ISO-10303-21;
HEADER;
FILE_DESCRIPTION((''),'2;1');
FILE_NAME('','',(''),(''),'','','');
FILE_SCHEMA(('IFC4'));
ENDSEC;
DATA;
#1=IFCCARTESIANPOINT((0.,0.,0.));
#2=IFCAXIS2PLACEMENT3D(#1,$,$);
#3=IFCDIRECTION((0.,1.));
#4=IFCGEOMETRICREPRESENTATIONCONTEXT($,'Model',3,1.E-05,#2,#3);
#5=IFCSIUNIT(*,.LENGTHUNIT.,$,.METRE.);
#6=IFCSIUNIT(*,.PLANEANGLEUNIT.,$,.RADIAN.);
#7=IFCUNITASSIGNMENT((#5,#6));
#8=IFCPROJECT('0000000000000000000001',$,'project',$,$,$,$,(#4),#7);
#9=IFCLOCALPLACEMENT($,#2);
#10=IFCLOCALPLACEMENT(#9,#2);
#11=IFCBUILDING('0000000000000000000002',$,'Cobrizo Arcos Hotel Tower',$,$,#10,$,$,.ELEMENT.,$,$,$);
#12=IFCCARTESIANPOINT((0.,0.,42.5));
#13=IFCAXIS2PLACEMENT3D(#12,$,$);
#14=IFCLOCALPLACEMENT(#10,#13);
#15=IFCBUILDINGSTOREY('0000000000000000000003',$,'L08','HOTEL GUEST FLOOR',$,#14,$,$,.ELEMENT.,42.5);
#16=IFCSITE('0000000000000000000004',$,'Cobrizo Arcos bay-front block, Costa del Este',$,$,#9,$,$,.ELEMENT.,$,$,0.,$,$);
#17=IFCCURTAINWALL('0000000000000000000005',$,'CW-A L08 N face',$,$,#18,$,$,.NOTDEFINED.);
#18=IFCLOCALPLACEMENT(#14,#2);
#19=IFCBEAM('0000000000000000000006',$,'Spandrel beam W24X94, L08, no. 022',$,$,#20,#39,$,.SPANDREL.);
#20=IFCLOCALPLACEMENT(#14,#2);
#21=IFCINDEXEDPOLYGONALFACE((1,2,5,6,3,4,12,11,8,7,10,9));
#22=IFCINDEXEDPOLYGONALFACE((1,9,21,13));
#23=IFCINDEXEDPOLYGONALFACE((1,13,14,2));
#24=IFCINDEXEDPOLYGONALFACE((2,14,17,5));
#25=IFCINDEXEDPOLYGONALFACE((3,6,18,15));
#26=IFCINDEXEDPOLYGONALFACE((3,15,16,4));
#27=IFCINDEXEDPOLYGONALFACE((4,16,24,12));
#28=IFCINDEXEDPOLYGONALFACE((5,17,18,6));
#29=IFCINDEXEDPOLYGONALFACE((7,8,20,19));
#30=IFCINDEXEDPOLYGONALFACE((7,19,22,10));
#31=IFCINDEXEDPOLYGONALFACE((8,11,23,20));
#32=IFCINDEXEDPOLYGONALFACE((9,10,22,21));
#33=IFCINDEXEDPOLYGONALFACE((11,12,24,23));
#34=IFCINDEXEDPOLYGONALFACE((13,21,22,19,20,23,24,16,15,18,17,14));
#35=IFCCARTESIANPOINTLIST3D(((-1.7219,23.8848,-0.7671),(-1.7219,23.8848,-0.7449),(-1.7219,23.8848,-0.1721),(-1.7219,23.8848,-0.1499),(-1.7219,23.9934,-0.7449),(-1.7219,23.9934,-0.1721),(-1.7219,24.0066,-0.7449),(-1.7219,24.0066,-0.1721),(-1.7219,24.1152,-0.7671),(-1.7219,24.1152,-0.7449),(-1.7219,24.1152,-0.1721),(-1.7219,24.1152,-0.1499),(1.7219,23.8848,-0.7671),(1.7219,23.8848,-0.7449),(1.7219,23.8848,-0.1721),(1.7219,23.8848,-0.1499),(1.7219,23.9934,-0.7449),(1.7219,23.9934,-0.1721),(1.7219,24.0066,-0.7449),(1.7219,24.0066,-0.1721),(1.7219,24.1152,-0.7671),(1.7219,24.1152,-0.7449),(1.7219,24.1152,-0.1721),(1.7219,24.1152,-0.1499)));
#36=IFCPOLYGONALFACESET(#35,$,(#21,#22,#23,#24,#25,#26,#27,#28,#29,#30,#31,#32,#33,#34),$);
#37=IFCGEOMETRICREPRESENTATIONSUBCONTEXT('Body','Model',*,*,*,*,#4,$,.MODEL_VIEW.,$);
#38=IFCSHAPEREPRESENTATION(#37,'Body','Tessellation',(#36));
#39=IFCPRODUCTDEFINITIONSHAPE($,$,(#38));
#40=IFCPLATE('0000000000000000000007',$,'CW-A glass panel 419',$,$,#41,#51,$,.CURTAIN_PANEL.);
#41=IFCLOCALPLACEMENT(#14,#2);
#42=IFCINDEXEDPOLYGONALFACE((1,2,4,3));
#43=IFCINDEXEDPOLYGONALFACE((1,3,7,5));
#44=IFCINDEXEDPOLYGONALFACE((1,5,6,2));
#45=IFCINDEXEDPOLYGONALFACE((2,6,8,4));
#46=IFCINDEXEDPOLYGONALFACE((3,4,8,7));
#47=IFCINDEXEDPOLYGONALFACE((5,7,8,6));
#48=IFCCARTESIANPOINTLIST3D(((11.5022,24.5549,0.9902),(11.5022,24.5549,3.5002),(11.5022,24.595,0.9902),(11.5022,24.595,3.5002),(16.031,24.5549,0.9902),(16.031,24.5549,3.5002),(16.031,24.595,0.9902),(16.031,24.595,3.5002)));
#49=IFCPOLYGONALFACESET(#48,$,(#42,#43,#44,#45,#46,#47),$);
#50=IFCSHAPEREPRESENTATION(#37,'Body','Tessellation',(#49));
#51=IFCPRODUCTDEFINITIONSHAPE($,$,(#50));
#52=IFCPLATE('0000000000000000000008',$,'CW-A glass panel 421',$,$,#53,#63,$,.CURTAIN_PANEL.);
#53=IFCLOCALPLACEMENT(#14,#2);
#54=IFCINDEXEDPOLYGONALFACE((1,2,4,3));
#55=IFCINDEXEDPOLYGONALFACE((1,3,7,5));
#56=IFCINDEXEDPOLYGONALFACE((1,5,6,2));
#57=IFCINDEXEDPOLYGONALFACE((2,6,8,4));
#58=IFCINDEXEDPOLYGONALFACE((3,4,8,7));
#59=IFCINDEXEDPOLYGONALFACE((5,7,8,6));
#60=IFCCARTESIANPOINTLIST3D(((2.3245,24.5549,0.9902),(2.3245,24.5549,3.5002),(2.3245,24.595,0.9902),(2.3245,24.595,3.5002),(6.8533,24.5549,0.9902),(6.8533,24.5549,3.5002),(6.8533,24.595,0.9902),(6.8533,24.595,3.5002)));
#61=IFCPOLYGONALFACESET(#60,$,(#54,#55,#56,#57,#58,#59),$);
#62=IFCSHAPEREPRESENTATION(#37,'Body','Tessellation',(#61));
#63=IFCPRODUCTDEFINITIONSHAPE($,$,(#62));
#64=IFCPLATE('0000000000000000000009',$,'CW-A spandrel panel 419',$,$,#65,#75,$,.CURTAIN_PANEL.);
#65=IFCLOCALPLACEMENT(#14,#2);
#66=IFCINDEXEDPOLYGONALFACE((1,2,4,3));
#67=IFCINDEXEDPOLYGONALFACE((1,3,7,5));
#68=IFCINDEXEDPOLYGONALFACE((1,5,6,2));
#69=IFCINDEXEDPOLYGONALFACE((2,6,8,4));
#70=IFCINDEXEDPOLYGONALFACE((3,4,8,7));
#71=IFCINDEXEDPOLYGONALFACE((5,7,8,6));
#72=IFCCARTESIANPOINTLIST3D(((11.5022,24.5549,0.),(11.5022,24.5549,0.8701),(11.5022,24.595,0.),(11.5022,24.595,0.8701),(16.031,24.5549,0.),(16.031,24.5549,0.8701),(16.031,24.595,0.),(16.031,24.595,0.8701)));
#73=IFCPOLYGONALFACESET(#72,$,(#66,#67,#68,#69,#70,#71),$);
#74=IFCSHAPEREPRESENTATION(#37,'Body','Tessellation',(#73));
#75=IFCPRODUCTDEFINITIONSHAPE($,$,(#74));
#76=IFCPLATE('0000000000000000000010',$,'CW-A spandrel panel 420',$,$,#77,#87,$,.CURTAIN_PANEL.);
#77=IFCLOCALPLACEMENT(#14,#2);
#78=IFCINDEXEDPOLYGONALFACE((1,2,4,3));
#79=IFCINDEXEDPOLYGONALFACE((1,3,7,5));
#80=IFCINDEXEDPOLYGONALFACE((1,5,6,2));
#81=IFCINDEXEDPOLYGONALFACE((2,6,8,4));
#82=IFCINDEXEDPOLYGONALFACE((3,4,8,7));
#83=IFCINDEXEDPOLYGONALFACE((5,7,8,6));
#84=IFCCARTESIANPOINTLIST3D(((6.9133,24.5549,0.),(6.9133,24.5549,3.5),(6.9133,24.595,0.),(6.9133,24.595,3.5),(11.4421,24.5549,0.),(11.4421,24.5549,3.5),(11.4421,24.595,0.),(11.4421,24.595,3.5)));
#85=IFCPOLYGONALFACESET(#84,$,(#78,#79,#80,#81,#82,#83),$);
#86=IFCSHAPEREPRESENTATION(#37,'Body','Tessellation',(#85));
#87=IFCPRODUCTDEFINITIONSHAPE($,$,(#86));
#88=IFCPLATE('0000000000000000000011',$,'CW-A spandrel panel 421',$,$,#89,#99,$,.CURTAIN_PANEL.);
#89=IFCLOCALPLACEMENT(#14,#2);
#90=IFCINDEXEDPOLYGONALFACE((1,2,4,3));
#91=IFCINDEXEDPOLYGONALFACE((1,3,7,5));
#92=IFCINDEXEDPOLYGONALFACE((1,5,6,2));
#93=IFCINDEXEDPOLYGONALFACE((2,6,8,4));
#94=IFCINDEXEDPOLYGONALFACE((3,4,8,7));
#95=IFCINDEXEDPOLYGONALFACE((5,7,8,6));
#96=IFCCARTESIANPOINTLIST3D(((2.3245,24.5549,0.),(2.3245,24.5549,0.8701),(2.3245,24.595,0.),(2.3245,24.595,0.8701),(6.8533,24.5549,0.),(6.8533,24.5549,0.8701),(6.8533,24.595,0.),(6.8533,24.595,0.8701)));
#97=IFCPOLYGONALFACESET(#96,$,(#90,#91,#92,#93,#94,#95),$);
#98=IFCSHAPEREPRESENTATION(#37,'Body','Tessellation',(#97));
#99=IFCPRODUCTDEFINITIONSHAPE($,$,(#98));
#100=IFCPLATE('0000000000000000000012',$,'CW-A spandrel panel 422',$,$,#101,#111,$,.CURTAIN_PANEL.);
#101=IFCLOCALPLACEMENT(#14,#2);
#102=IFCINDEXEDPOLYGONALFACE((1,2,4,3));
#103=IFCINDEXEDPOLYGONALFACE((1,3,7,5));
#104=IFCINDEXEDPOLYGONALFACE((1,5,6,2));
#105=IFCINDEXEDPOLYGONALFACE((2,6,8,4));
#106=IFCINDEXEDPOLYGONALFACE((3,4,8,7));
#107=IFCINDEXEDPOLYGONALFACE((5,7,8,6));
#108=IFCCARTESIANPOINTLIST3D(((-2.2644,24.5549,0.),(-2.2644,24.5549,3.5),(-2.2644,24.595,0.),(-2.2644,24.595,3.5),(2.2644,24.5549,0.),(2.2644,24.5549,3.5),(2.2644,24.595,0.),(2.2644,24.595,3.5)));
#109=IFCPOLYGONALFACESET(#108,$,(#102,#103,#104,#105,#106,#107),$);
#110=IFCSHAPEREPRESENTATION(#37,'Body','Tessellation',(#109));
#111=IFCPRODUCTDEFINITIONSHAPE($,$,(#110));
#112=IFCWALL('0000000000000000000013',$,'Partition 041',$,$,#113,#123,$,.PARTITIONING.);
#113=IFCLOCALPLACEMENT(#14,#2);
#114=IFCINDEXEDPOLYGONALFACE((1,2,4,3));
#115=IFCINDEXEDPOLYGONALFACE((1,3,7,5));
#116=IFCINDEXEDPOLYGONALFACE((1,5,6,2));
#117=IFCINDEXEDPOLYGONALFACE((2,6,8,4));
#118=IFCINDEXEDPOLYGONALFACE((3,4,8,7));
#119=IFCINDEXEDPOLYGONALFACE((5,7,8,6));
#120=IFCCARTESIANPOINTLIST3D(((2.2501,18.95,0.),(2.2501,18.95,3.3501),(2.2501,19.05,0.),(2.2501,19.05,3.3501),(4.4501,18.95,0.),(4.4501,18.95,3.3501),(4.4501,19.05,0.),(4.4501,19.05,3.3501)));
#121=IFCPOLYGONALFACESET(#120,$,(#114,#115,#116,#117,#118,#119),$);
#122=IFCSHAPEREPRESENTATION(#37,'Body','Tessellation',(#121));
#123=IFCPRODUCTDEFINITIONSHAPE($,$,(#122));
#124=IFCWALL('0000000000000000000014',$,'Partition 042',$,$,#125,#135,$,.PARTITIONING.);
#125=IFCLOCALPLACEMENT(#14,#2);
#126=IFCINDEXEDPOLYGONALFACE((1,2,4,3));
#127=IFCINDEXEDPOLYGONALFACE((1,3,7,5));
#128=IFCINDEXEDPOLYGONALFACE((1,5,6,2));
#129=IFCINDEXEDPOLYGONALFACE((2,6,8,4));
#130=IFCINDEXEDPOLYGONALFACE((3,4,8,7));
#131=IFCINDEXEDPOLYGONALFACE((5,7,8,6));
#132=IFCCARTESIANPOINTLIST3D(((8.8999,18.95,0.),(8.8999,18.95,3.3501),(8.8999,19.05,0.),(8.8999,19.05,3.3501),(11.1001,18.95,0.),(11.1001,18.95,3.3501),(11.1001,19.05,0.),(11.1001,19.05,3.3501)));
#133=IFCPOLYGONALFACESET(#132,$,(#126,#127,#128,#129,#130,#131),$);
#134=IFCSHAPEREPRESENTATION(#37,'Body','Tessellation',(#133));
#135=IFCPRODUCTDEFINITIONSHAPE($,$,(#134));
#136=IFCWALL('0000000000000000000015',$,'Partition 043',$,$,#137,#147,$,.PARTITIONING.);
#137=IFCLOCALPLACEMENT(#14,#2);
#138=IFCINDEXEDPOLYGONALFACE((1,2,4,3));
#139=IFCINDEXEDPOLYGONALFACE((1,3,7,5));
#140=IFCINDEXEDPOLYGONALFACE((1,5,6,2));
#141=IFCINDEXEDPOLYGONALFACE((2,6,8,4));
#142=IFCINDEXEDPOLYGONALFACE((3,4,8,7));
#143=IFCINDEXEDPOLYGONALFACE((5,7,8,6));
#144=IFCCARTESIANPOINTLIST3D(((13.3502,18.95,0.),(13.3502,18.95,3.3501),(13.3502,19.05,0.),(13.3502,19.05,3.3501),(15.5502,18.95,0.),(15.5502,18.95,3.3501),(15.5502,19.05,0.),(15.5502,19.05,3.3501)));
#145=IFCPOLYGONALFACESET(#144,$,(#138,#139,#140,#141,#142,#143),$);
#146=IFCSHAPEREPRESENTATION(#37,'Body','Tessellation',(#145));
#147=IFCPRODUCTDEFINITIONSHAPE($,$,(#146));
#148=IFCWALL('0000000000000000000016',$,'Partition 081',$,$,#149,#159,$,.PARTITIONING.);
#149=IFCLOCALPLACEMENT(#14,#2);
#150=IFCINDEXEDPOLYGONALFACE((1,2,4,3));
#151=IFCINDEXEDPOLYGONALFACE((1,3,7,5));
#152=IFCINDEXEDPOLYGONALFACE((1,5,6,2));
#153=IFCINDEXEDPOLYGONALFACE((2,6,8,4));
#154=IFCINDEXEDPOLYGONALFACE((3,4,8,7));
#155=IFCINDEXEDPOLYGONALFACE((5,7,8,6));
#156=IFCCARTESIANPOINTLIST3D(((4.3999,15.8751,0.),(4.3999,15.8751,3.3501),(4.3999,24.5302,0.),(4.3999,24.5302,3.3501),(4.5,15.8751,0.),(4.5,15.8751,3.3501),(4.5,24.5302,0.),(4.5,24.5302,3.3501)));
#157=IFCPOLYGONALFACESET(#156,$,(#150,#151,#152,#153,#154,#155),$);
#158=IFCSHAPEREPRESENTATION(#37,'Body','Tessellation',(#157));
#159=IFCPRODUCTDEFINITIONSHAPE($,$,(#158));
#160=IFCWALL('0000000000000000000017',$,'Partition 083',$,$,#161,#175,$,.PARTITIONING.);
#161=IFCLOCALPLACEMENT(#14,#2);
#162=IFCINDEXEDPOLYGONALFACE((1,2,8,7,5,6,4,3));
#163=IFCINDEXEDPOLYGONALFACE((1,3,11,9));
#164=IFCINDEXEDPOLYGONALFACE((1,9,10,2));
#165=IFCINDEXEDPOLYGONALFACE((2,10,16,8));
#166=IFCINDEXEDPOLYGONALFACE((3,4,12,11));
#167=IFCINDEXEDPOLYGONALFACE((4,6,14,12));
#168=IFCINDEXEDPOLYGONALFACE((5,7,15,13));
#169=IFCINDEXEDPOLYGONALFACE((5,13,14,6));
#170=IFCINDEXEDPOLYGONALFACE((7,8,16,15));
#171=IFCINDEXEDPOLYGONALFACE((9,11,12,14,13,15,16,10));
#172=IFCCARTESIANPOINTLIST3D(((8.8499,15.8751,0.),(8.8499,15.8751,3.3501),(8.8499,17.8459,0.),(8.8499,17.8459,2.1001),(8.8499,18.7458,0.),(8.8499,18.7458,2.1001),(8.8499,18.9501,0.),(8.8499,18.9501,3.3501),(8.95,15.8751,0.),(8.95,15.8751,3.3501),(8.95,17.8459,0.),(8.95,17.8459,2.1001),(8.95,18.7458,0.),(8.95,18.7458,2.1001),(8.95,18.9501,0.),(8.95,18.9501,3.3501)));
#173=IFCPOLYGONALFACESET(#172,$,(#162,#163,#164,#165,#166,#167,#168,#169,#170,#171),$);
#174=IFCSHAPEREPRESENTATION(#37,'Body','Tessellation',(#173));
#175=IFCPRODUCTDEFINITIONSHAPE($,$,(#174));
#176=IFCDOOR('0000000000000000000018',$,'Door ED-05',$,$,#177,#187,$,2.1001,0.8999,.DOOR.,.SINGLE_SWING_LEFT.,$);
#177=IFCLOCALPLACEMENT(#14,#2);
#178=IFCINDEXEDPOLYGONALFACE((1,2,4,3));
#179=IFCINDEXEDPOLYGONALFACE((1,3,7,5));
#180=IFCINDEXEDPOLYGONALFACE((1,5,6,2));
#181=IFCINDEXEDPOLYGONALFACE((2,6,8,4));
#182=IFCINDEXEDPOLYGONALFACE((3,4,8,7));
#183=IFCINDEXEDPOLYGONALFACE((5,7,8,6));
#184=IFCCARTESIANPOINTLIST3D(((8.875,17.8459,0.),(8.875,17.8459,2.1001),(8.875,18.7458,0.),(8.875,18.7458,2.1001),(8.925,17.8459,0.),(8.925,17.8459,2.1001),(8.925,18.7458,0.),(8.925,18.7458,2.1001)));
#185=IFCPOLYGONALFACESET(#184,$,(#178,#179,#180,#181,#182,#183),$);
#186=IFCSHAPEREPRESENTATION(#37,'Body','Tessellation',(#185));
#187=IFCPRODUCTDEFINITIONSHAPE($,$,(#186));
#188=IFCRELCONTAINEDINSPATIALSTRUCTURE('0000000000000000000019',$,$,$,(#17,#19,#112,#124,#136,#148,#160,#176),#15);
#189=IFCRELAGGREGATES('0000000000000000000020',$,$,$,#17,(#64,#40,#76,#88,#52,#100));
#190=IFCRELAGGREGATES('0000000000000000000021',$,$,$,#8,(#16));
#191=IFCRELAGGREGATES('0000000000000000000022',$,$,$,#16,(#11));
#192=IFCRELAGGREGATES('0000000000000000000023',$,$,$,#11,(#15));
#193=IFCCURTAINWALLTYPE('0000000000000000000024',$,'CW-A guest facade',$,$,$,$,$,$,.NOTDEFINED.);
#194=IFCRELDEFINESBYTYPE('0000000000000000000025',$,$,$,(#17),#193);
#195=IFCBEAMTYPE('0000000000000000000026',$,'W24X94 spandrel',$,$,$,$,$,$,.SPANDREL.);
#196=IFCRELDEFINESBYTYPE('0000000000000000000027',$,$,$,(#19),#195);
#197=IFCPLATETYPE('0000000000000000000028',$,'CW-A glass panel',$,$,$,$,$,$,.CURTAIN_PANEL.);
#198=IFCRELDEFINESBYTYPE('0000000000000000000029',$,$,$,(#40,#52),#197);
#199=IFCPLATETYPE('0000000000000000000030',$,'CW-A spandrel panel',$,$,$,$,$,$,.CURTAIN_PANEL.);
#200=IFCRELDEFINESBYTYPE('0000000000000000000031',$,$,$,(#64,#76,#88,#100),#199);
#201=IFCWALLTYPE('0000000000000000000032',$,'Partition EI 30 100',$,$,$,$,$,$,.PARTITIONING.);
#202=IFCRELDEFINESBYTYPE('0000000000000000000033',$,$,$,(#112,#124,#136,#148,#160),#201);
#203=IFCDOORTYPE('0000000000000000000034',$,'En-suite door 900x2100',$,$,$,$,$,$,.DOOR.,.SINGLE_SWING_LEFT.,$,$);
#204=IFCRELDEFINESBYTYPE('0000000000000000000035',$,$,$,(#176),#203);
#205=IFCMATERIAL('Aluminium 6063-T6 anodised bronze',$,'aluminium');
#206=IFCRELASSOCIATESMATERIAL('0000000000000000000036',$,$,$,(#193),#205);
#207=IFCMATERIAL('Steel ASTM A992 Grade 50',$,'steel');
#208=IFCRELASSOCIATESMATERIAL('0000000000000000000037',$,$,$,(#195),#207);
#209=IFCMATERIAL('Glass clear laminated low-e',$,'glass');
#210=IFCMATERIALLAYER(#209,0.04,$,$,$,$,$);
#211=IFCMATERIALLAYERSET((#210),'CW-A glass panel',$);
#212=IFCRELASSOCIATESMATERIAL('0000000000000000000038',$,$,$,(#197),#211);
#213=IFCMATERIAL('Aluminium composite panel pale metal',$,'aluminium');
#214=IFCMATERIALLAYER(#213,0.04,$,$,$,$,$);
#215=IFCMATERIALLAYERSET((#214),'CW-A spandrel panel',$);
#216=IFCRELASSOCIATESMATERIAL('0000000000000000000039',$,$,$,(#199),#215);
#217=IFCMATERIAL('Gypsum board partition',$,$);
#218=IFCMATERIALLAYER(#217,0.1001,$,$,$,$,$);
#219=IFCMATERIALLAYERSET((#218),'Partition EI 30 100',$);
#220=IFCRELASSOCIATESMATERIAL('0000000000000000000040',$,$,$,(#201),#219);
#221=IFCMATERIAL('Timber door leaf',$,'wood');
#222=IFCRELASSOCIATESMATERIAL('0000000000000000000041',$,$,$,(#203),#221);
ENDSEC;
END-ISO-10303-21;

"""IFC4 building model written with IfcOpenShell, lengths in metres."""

from ifc_helpers import new_model, si_unit, direction, frame, frame_2d, origin, origin_2d, place, context, subcontext, project, spatial, rectangle, i_section, extrude, material, layer, layer_set, material_profile, profile_set, type_object, element, fill, aggregate, save


model = new_model("IFC4")

# Units and contexts
model_context = context("Model", 3, precision=1e-05, world=origin(), true_north=direction((0.0, 1.0)))
body_context = subcontext(model_context, "Body", "Model", "MODEL_VIEW")
ifc_project = project(units=[si_unit("LENGTHUNIT", "METRE"), si_unit("PLANEANGLEUNIT", "RADIAN")], contexts=[model_context])

# Site, building, storey
site_placement = place(None, origin())
site = spatial("IfcSite", under=ifc_project, at=site_placement, Name="Cobrizo Arcos bay-front block, Costa del Este", CompositionType="ELEMENT", RefElevation=0.0)
building_placement = place(site_placement, origin())
building = spatial("IfcBuilding", under=site, at=building_placement, Name="Cobrizo Arcos Hotel Tower", CompositionType="ELEMENT")
storey_placement = place(building_placement, frame((0.0, 0.0, 42.5)))
storey = spatial("IfcBuildingStorey", under=building, at=storey_placement, Name="L08", Description="HOTEL GUEST FLOOR", CompositionType="ELEMENT", Elevation=42.5)

# Curtain wall
ifc_material_1 = material(Name="Aluminium 6063-T6 anodised bronze", Category="aluminium")
curtain_wall_type = type_object("IfcCurtainWallType", Name="CW-A guest facade", PredefinedType="NOTDEFINED", material=ifc_material_1)
curtain_wall_placement = place(storey_placement, origin())
curtain_wall = element("IfcCurtainWall", 1, at=curtain_wall_placement, inside=storey, type_object=curtain_wall_type, Name="CW-A L08 N face", PredefinedType="NOTDEFINED")

# Beam
ifc_material_2 = material(Name="Steel ASTM A992 Grade 50", Category="steel")
ifc_material_profile_1 = material_profile(ifc_material_2, i_section(OverallWidth=0.2305, OverallDepth=0.6172, WebThickness=0.0132, FlangeThickness=0.0222, at=origin_2d()), Name="W24X94")
ifc_profile_set_1 = profile_set([ifc_material_profile_1], Name="Steel ASTM A992 Grade 50")
beam_type = type_object("IfcBeamType", Name="W24X94 spandrel", PredefinedType="SPANDREL", material=ifc_profile_set_1)
beam_1_placement = place(storey_placement, frame((1.7219, 24.0, -0.4585), z_axis=(-1.0, 0.0, 0.0), x_axis=(0.0, -1.0, 0.0)))
element("IfcBeam", 2, at=beam_1_placement, inside=storey, type_object=beam_type, Name="Spandrel beam W24X94, L08, no. 022", PredefinedType="SPANDREL", context=body_context, shape_type="SweptSolid", body=[
    extrude(i_section(OverallWidth=0.2305, OverallDepth=0.6172, WebThickness=0.0132, FlangeThickness=0.0222, at=origin_2d()), origin(), (0.0, 0.0, 1.0), 3.4438),
])

# Plates
ifc_material_3 = material(Name="Glass clear laminated low-e", Category="glass")
ifc_layer_1 = layer(ifc_material_3, 0.04)
ifc_layer_set_1 = layer_set([ifc_layer_1], Name="CW-A glass panel")
plate_type_1 = type_object("IfcPlateType", Name="CW-A glass panel", PredefinedType="CURTAIN_PANEL", material=ifc_layer_set_1)
plate_1_placement = place(storey_placement, frame((13.7666, 24.575, 0.9902), z_axis=(0.0, 0.0, 1.0), x_axis=(-1.0, 0.0, 0.0)))
plate_1 = element("IfcPlate", 3, at=plate_1_placement, type_object=plate_type_1, Name="CW-A glass panel 419", PredefinedType="CURTAIN_PANEL", context=body_context, shape_type="SweptSolid", body=[
    extrude(rectangle(XDim=4.5288, YDim=0.04, at=origin_2d()), origin(), (0.0, 0.0, 1.0), 2.51),
])
plate_2_placement = place(storey_placement, frame((4.5889, 24.575, 0.9902), z_axis=(0.0, 0.0, 1.0), x_axis=(-1.0, 0.0, 0.0)))
plate_2 = element("IfcPlate", 4, at=plate_2_placement, type_object=plate_type_1, Name="CW-A glass panel 421", PredefinedType="CURTAIN_PANEL", context=body_context, shape_type="SweptSolid", body=[
    extrude(rectangle(XDim=4.5288, YDim=0.04, at=origin_2d()), origin(), (0.0, 0.0, 1.0), 2.51),
])
ifc_material_4 = material(Name="Aluminium composite panel pale metal", Category="aluminium")
ifc_layer_2 = layer(ifc_material_4, 0.04)
ifc_layer_set_2 = layer_set([ifc_layer_2], Name="CW-A spandrel panel")
plate_type_2 = type_object("IfcPlateType", Name="CW-A spandrel panel", PredefinedType="CURTAIN_PANEL", material=ifc_layer_set_2)
plate_3_placement = place(storey_placement, frame((13.7666, 24.575, 0.0), z_axis=(0.0, 0.0, 1.0), x_axis=(-1.0, 0.0, 0.0)))
plate_3 = element("IfcPlate", 5, at=plate_3_placement, type_object=plate_type_2, Name="CW-A spandrel panel 419", PredefinedType="CURTAIN_PANEL", context=body_context, shape_type="SweptSolid", body=[
    extrude(rectangle(XDim=4.5288, YDim=0.04, at=origin_2d()), origin(), (0.0, 0.0, 1.0), 0.8701),
])
plate_4_placement = place(storey_placement, frame((9.1777, 24.575, 0.0), z_axis=(0.0, 0.0, 1.0), x_axis=(-1.0, 0.0, 0.0)))
plate_4 = element("IfcPlate", 6, at=plate_4_placement, type_object=plate_type_2, Name="CW-A spandrel panel 420", PredefinedType="CURTAIN_PANEL", context=body_context, shape_type="SweptSolid", body=[
    extrude(rectangle(XDim=4.5288, YDim=0.04, at=origin_2d()), origin(), (0.0, 0.0, 1.0), 3.5),
])
plate_5_placement = place(storey_placement, frame((4.5889, 24.575, 0.0), z_axis=(0.0, 0.0, 1.0), x_axis=(-1.0, 0.0, 0.0)))
plate_5 = element("IfcPlate", 7, at=plate_5_placement, type_object=plate_type_2, Name="CW-A spandrel panel 421", PredefinedType="CURTAIN_PANEL", context=body_context, shape_type="SweptSolid", body=[
    extrude(rectangle(XDim=4.5288, YDim=0.04, at=origin_2d()), origin(), (0.0, 0.0, 1.0), 0.8701),
])
plate_6_placement = place(storey_placement, frame((0.0, 24.575, 0.0), z_axis=(0.0, 0.0, 1.0), x_axis=(-1.0, 0.0, 0.0)))
plate_6 = element("IfcPlate", 8, at=plate_6_placement, type_object=plate_type_2, Name="CW-A spandrel panel 422", PredefinedType="CURTAIN_PANEL", context=body_context, shape_type="SweptSolid", body=[
    extrude(rectangle(XDim=4.5288, YDim=0.04, at=origin_2d()), origin(), (0.0, 0.0, 1.0), 3.5),
])
aggregate(curtain_wall, [plate_3, plate_1, plate_4, plate_5, plate_2, plate_6])

# Walls
ifc_material_5 = material(Name="Gypsum board partition")
ifc_layer_3 = layer(ifc_material_5, 0.1001)
ifc_layer_set_3 = layer_set([ifc_layer_3], Name="Partition EI 30 100")
wall_type = type_object("IfcWallType", Name="Partition EI 30 100", PredefinedType="PARTITIONING", material=ifc_layer_set_3)
wall_1_placement = place(storey_placement, frame((2.25, 19.0, 0.0), z_axis=(0.0, 0.0, 1.0), x_axis=(1.0, 0.0, 0.0)))
element("IfcWall", 9, at=wall_1_placement, inside=storey, type_object=wall_type, Name="Partition 041", PredefinedType="PARTITIONING", context=body_context, shape_type="SweptSolid", body=[
    extrude(rectangle(XDim=2.2, YDim=0.1001, at=frame_2d((1.1001, 0.0))), origin(), (0.0, 0.0, 1.0), 3.3501),
])
wall_2_placement = place(storey_placement, frame((8.8999, 19.0, 0.0), z_axis=(0.0, 0.0, 1.0), x_axis=(1.0, 0.0, 0.0)))
element("IfcWall", 10, at=wall_2_placement, inside=storey, type_object=wall_type, Name="Partition 042", PredefinedType="PARTITIONING", context=body_context, shape_type="SweptSolid", body=[
    extrude(rectangle(XDim=2.2002, YDim=0.1001, at=frame_2d((1.1001, 0.0))), origin(), (0.0, 0.0, 1.0), 3.3501),
])
wall_3_placement = place(storey_placement, frame((13.3501, 19.0, 0.0), z_axis=(0.0, 0.0, 1.0), x_axis=(1.0, 0.0, 0.0)))
element("IfcWall", 11, at=wall_3_placement, inside=storey, type_object=wall_type, Name="Partition 043", PredefinedType="PARTITIONING", context=body_context, shape_type="SweptSolid", body=[
    extrude(rectangle(XDim=2.2, YDim=0.1001, at=frame_2d((1.1001, 0.0))), origin(), (0.0, 0.0, 1.0), 3.3501),
])
wall_4_placement = place(storey_placement, frame((4.45, 15.875, 0.0), z_axis=(0.0, 0.0, 1.0), x_axis=(0.0, 1.0, 0.0)))
element("IfcWall", 12, at=wall_4_placement, inside=storey, type_object=wall_type, Name="Partition 081", PredefinedType="PARTITIONING", context=body_context, shape_type="SweptSolid", body=[
    extrude(rectangle(XDim=8.655, YDim=0.1001, at=frame_2d((4.3276, 0.0))), origin(), (0.0, 0.0, 1.0), 3.3501),
])

# Wall, opening, door
wall_5_placement = place(storey_placement, frame((8.8999, 15.875, 0.0), z_axis=(0.0, 0.0, 1.0), x_axis=(0.0, 1.0, 0.0)))
wall_5 = element("IfcWall", 13, at=wall_5_placement, inside=storey, type_object=wall_type, Name="Partition 083", PredefinedType="PARTITIONING", context=body_context, shape_type="SweptSolid", body=[
    extrude(rectangle(XDim=3.075, YDim=0.1001, at=frame_2d((1.5376, 0.0))), origin(), (0.0, 0.0, 1.0), 3.3501),
])
opening_1_placement = place(wall_5_placement, frame((1.9709, 0.0, 0.0)))
opening_1 = element("IfcOpeningElement", 14, at=opening_1_placement, cuts=wall_5, PredefinedType="OPENING", context=body_context, shape_type="SweptSolid", body=[
    extrude(rectangle(XDim=0.8999, YDim=2.1001, at=frame_2d((0.45, 1.05))), frame((0.0, 0.062, 0.0), z_axis=(0.0, -1.0, 0.0), x_axis=(1.0, 0.0, 0.0)), (0.0, 0.0, 1.0), 0.124),
])
ifc_material_6 = material(Name="Timber door leaf", Category="wood")
door_type = type_object("IfcDoorType", Name="En-suite door 900x2100", OperationType="SINGLE_SWING_LEFT", PredefinedType="DOOR", material=ifc_material_6)
door_1_placement = place(opening_1_placement, origin())
door_1 = element("IfcDoor", 15, at=door_1_placement, inside=storey, type_object=door_type, Name="Door ED-05", OperationType="SINGLE_SWING_LEFT", OverallHeight=2.1001, OverallWidth=0.8999, PredefinedType="DOOR", context=body_context, shape_type="SweptSolid", body=[
    extrude(rectangle(XDim=0.8999, YDim=2.1001, at=frame_2d((0.45, 1.05))), frame((0.0, 0.0249, 0.0), z_axis=(0.0, -1.0, 0.0), x_axis=(1.0, 0.0, 0.0)), (0.0, 0.0, 1.0), 0.05),
])
fill(opening_1, door_1)

save(model, "model.ifc")
